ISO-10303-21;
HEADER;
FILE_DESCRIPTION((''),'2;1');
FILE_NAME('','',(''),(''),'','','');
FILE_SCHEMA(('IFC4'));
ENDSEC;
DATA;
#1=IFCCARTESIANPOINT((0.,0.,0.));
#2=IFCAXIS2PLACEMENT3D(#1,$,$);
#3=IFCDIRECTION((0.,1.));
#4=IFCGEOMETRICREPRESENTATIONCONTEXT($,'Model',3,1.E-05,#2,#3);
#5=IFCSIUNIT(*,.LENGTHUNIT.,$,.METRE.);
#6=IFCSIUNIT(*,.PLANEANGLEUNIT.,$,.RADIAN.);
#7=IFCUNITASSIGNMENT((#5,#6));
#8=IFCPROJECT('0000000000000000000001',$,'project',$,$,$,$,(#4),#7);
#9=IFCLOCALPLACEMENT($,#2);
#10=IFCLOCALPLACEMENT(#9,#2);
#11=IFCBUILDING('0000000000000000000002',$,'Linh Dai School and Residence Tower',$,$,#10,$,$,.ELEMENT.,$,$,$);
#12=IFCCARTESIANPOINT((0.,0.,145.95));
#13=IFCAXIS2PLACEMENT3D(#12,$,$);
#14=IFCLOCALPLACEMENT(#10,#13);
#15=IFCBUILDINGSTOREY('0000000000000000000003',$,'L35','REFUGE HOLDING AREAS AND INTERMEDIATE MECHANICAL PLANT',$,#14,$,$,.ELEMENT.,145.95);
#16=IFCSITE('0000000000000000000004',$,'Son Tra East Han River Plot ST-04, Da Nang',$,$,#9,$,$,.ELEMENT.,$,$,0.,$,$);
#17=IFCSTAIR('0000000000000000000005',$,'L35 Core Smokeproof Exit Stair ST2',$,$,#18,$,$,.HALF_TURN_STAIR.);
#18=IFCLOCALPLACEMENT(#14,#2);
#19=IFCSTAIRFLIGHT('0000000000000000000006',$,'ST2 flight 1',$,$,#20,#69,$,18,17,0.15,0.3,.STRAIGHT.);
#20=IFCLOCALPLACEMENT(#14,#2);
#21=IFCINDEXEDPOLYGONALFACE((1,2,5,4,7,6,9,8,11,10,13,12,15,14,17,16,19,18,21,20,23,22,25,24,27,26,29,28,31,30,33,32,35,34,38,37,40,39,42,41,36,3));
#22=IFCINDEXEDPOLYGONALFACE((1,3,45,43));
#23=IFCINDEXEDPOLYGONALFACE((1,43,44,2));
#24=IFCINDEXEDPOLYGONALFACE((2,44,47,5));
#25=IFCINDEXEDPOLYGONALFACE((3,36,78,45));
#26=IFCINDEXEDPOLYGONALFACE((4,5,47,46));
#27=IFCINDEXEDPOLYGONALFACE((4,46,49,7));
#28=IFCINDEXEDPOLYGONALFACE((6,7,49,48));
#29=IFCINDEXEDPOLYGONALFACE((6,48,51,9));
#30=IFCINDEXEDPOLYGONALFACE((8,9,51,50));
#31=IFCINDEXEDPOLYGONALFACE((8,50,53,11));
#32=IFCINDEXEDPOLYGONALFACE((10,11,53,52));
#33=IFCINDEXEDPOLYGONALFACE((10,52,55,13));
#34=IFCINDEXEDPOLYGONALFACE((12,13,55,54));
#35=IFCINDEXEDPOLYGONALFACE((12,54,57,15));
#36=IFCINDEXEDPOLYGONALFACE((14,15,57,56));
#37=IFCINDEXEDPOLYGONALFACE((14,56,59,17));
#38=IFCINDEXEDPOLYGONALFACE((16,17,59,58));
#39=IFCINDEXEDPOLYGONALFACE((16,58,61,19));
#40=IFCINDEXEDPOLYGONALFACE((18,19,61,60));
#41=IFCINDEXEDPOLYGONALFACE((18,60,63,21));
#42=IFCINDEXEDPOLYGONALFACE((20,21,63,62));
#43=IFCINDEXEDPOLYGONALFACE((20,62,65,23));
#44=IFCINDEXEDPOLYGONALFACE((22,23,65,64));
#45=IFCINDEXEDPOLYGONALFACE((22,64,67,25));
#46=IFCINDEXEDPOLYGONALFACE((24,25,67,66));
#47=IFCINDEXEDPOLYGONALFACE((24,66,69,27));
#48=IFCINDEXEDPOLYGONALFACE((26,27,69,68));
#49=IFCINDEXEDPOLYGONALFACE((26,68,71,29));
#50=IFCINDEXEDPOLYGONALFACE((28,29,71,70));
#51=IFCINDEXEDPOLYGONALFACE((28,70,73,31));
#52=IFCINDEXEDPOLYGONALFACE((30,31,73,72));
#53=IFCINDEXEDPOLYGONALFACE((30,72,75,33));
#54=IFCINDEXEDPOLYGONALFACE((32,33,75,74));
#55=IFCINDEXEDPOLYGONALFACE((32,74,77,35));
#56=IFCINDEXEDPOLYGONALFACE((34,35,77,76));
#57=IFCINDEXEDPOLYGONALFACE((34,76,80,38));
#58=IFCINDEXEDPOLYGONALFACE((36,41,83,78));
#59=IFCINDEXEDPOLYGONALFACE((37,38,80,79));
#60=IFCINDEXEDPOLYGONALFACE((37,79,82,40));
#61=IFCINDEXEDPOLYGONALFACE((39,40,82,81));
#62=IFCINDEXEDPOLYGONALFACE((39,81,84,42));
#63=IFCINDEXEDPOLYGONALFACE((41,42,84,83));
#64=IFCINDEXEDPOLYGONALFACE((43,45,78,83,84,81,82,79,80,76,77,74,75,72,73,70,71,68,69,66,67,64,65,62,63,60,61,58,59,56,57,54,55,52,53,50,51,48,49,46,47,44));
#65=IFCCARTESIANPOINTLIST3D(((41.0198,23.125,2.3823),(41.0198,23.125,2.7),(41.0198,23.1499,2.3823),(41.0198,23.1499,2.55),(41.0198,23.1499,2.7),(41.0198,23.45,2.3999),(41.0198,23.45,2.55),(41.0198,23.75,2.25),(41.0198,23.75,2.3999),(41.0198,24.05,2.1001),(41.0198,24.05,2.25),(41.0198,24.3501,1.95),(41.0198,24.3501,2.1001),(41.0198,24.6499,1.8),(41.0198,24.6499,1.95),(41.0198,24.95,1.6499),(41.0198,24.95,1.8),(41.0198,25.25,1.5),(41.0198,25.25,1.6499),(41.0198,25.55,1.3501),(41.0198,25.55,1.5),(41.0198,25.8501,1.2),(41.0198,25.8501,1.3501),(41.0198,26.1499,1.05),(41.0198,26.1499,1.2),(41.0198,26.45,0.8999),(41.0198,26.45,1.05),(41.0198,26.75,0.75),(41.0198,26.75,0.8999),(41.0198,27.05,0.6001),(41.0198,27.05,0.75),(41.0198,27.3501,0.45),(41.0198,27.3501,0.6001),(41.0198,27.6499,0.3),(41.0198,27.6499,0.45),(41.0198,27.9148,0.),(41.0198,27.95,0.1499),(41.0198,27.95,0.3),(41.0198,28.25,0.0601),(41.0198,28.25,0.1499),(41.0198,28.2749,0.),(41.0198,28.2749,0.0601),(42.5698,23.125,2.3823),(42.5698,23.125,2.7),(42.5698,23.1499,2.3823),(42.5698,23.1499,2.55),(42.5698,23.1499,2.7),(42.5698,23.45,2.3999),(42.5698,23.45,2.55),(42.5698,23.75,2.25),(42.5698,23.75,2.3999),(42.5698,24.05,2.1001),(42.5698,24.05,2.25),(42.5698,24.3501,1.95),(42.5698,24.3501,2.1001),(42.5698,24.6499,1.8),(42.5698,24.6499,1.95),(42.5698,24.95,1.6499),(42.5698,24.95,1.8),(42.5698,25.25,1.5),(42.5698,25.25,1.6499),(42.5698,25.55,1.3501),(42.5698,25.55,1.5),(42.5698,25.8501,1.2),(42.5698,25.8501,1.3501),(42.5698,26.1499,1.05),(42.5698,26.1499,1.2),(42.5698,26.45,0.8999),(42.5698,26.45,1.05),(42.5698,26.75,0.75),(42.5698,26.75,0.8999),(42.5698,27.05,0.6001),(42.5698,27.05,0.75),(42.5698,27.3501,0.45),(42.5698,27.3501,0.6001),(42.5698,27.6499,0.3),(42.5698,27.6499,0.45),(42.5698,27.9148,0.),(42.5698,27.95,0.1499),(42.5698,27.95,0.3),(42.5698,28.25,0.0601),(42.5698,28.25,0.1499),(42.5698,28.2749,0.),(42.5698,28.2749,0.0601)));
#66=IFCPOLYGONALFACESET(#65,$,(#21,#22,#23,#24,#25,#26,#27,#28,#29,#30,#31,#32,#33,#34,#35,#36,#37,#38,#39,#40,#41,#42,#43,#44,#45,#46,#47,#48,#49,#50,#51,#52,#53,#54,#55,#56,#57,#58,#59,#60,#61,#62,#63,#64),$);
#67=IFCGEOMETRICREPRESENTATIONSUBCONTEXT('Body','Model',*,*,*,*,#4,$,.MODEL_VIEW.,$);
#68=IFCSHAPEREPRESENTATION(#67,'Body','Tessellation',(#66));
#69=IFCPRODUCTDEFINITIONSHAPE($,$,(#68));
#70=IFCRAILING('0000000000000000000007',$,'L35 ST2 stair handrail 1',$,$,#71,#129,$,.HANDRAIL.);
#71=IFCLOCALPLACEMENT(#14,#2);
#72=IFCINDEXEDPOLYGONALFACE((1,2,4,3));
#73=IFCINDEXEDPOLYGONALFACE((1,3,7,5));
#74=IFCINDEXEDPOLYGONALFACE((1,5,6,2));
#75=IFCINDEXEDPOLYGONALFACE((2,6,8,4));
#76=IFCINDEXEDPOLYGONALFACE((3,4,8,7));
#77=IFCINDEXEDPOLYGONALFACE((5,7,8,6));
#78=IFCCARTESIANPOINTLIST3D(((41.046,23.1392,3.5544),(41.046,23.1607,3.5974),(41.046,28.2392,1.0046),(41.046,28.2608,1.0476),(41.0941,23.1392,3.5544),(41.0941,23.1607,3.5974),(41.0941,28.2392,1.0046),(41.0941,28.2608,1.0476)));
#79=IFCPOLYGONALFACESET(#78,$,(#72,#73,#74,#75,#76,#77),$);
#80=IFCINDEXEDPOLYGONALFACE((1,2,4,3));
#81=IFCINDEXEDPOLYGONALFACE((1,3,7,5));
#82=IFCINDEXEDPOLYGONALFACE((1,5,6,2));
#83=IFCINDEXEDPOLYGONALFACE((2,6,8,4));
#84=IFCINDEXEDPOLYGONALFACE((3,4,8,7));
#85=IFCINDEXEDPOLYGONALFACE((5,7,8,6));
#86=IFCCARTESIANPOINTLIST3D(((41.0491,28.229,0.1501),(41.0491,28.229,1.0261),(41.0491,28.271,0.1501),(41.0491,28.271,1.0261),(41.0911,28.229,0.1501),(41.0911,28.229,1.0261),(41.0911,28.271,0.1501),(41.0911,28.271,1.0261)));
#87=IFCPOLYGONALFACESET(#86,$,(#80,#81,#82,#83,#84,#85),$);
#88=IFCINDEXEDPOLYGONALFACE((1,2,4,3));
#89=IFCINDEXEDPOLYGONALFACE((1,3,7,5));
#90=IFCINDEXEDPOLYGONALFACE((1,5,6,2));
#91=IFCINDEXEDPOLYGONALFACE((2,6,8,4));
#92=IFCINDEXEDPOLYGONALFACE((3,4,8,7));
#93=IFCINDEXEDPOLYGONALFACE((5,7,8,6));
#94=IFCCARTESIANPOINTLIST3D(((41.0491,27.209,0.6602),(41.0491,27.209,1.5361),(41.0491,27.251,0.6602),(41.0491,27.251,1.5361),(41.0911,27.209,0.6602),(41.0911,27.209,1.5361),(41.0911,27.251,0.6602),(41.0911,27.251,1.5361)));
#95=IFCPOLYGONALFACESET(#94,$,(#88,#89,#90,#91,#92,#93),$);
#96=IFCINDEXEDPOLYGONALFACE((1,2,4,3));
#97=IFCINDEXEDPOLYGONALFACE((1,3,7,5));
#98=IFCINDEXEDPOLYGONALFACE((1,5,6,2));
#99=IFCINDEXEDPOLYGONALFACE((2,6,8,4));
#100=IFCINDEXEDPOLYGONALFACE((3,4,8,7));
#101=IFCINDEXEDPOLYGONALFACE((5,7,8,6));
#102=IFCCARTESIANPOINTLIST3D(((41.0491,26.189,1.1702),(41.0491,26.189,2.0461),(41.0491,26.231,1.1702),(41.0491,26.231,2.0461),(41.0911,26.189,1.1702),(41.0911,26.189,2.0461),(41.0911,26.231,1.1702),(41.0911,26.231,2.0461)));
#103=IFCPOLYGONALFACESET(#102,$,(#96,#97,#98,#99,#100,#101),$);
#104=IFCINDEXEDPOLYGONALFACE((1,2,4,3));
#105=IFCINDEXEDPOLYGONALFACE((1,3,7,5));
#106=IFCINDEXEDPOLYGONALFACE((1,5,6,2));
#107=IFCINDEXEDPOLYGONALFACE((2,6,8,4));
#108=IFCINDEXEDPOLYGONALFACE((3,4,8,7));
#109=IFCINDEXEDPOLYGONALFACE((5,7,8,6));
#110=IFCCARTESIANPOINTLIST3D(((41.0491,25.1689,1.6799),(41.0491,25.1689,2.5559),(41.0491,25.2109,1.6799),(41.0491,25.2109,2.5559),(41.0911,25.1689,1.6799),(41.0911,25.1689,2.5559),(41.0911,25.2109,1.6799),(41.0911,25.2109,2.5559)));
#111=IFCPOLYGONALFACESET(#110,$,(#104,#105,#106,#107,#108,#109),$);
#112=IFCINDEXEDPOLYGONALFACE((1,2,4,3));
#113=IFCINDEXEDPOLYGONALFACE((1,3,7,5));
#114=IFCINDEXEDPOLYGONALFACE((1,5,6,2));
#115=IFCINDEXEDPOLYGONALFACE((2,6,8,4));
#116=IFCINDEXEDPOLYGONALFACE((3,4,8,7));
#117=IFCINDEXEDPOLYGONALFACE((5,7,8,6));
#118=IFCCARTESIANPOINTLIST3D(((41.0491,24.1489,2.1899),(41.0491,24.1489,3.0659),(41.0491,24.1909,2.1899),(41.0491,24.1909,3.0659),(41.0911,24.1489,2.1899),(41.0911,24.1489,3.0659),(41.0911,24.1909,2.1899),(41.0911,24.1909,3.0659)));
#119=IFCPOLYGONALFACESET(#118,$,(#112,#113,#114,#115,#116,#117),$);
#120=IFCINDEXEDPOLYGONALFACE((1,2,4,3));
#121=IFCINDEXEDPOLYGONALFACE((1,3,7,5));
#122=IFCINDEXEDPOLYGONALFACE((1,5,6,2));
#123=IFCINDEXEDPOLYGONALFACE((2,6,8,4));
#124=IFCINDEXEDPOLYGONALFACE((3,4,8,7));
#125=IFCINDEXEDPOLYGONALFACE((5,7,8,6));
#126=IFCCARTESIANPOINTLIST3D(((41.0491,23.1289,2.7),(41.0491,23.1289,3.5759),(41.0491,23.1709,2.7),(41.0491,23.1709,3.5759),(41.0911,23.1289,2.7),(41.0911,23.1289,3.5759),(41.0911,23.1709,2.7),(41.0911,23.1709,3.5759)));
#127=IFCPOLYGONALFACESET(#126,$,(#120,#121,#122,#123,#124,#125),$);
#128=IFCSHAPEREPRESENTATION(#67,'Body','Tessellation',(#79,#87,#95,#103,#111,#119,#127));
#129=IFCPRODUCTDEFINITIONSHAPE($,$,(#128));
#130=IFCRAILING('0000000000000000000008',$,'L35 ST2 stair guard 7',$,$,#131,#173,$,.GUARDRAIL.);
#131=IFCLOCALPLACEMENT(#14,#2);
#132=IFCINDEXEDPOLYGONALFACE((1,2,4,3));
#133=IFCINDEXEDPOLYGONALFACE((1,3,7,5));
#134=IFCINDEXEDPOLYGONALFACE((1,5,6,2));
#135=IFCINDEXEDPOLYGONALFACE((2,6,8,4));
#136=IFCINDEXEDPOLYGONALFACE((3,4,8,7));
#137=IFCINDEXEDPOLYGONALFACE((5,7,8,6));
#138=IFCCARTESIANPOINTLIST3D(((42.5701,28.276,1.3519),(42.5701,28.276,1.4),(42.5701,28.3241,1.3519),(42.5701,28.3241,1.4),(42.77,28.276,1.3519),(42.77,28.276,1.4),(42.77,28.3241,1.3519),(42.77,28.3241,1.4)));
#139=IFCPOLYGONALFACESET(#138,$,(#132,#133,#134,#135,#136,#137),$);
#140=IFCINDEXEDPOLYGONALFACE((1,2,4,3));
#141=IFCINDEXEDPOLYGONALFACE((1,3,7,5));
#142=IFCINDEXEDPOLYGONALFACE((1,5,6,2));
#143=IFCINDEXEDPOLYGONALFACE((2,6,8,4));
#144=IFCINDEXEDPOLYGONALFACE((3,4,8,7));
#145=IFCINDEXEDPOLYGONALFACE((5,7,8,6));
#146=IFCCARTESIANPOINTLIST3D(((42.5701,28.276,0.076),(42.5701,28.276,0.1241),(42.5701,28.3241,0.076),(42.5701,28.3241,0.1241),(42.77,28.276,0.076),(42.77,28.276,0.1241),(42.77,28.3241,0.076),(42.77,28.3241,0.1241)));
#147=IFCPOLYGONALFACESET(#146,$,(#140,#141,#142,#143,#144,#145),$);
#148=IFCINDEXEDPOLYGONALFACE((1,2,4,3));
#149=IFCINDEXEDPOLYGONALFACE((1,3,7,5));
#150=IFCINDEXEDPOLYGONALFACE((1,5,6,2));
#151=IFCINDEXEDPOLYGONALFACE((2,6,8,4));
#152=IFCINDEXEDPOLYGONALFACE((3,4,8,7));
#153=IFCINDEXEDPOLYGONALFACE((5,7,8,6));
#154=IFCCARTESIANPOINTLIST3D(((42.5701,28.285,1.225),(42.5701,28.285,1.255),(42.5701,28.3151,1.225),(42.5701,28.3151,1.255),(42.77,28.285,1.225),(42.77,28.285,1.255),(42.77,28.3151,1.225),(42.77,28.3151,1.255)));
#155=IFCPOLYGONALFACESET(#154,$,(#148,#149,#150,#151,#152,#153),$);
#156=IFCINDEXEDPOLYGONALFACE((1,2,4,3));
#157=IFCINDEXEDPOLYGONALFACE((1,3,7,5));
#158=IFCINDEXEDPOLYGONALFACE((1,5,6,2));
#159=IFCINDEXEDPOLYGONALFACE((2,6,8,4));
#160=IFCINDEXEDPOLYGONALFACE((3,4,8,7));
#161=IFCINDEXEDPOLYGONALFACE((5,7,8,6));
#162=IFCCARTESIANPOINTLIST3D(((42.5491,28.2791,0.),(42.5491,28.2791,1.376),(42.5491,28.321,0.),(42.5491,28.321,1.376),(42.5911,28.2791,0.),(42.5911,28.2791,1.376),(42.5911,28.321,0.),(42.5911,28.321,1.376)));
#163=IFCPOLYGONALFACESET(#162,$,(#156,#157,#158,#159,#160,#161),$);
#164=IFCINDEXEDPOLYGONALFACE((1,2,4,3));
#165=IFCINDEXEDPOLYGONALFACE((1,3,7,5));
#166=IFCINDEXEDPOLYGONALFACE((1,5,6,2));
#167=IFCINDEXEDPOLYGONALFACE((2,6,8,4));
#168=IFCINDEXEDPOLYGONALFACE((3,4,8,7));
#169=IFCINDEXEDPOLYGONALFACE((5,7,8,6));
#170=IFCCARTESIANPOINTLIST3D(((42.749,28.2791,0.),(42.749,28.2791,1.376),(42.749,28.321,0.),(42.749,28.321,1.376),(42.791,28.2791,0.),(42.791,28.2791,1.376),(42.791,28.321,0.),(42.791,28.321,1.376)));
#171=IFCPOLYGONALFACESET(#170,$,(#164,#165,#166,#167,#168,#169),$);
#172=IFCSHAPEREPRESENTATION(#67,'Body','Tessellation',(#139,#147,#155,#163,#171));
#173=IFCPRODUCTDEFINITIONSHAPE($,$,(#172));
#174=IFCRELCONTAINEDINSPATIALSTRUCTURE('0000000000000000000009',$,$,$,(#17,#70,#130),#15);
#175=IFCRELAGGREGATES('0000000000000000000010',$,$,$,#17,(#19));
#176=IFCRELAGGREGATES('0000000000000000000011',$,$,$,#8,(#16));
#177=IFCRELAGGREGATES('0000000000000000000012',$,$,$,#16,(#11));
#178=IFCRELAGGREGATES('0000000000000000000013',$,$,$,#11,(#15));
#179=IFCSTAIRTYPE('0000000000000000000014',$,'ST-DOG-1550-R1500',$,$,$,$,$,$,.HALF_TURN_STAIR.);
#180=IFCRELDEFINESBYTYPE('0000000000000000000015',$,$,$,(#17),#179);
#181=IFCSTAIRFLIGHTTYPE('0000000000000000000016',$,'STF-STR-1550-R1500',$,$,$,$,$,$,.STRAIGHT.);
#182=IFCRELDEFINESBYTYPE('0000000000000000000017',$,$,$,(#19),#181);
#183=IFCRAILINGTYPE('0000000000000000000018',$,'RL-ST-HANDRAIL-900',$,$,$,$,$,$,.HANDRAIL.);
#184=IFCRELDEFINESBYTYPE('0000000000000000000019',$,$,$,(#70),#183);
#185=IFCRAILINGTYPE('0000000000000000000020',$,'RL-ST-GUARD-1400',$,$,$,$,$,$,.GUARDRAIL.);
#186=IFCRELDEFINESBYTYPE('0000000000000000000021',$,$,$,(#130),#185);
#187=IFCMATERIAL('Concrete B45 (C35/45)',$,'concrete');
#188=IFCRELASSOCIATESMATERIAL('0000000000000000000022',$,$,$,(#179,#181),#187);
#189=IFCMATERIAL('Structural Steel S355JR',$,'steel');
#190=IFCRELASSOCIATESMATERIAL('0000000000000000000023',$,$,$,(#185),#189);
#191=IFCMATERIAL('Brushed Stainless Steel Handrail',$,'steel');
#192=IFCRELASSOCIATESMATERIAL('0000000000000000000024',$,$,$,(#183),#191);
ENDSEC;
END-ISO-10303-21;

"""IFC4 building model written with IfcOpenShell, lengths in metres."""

from ifc_helpers import new_model, si_unit, direction, frame, origin, origin_2d, place, context, subcontext, project, spatial, polyline, rectangle, outline, extrude, source, transform, mapped, material, type_object, element, aggregate, save


model = new_model("IFC4")

# Units and contexts
model_context = context("Model", 3, precision=1e-05, world=origin(), true_north=direction((0.0, 1.0)))
body_context = subcontext(model_context, "Body", "Model", "MODEL_VIEW")
ifc_project = project(units=[si_unit("LENGTHUNIT", "METRE"), si_unit("PLANEANGLEUNIT", "RADIAN")], contexts=[model_context])

# Site, building, storey
site_placement = place(None, origin())
site = spatial("IfcSite", under=ifc_project, at=site_placement, Name="Son Tra East Han River Plot ST-04, Da Nang", CompositionType="ELEMENT", RefElevation=0.0)
building_placement = place(site_placement, origin())
building = spatial("IfcBuilding", under=site, at=building_placement, Name="Linh Dai School and Residence Tower", CompositionType="ELEMENT")
storey_placement = place(building_placement, frame((0.0, 0.0, 145.95)))
storey = spatial("IfcBuildingStorey", under=building, at=storey_placement, Name="L35", Description="REFUGE HOLDING AREAS AND INTERMEDIATE MECHANICAL PLANT", CompositionType="ELEMENT", Elevation=145.95)

# Shared definitions
ifc_material_1 = material(Name="Structural Steel S355JR", Category="steel")

# Shared definitions
ifc_material_2 = material(Name="Concrete B45 (C35/45)", Category="concrete")

# Stair, stair flight
stair_type = type_object("IfcStairType", Name="ST-DOG-1550-R1500", PredefinedType="HALF_TURN_STAIR", material=ifc_material_2)
stair_placement = place(storey_placement, origin())
stair = element("IfcStair", 1, at=stair_placement, inside=storey, type_object=stair_type, Name="L35 Core Smokeproof Exit Stair ST2", PredefinedType="HALF_TURN_STAIR")
stair_flight_type = type_object("IfcStairFlightType", Name="STF-STR-1550-R1500", PredefinedType="STRAIGHT", material=ifc_material_2)
shared_shape_1 = source(origin(), body_context, "Body", "SweptSolid", [
    extrude(outline(polyline([(-0.0249, 0.0), (-0.0249, 0.0601), (0.0, 0.0601), (0.0, 0.1499), (0.3, 0.1499), (0.3, 0.3), (0.6001, 0.3), (0.6001, 0.45), (0.8999, 0.45), (0.8999, 0.6001), (1.2, 0.6001), (1.2, 0.75), (1.5, 0.75), (1.5, 0.8999), (1.8, 0.8999), (1.8, 1.05), (2.1001, 1.05), (2.1001, 1.2), (2.3999, 1.2), (2.3999, 1.3501), (2.7, 1.3501), (2.7, 1.5), (3.0, 1.5), (3.0, 1.6499), (3.3, 1.6499), (3.3, 1.8), (3.6001, 1.8), (3.6001, 1.95), (3.8999, 1.95), (3.8999, 2.1001), (4.2, 2.1001), (4.2, 2.25), (4.5, 2.25), (4.5, 2.3999), (4.8, 2.3999), (4.8, 2.55), (5.1001, 2.55), (5.1001, 2.7), (5.125, 2.7), (5.125, 2.3823), (5.1001, 2.3823), (0.3352, 0.0), (-0.0249, 0.0)])), frame((0.0, 0.7749, 0.0), z_axis=(0.0, -1.0, 0.0), x_axis=(1.0, 0.0, 0.0)), (0.0, 0.0, 1.0), 1.55),
])
stair_flight_placement = place(storey_placement, frame((41.7949, 28.25, 0.0), z_axis=(0.0, 0.0, 1.0), x_axis=(0.0, -1.0, 0.0)))
stair_flight = element("IfcStairFlight", 2, at=stair_flight_placement, type_object=stair_flight_type, Name="ST2 flight 1", NumberOfRisers=18, NumberOfTreads=17, PredefinedType="STRAIGHT", RiserHeight=0.15, TreadLength=0.3, context=body_context, shape_type="MappedRepresentation", body=[
    mapped(shared_shape_1, transform((0.0, 0.0, 0.0), x_axis=(1.0, 0.0, 0.0), y_axis=(0.0, 1.0, 0.0), z_axis=(0.0, 0.0, 1.0), scale=1.0)),
])
aggregate(stair, [stair_flight])

# Railings
railing_type_1 = type_object("IfcRailingType", Name="RL-ST-GUARD-1400", PredefinedType="GUARDRAIL", material=ifc_material_1)
ifc_material_3 = material(Name="Brushed Stainless Steel Handrail", Category="steel")
railing_type_2 = type_object("IfcRailingType", Name="RL-ST-HANDRAIL-900", PredefinedType="HANDRAIL", material=ifc_material_3)
shared_shape_2 = source(origin(), body_context, "Body", "SweptSolid", [
    extrude(rectangle(XDim=0.0481, YDim=0.0481, at=origin_2d()), frame((0.0, 0.0, 0.876), z_axis=(0.0, -0.894444, 0.447179), x_axis=(1.0, 0.0, 0.0)), (0.0, 0.0, 1.0), 5.7019),
    extrude(rectangle(XDim=0.042, YDim=0.042, at=origin_2d()), origin(), (0.0, 0.0, 1.0), 0.876),
    extrude(rectangle(XDim=0.042, YDim=0.042, at=origin_2d()), frame((0.0, -1.02, 0.51)), (0.0, 0.0, 1.0), 0.876),
    extrude(rectangle(XDim=0.042, YDim=0.042, at=origin_2d()), frame((0.0, -2.04, 1.02)), (0.0, 0.0, 1.0), 0.876),
    extrude(rectangle(XDim=0.042, YDim=0.042, at=origin_2d()), frame((0.0, -3.0601, 1.5298)), (0.0, 0.0, 1.0), 0.876),
    extrude(rectangle(XDim=0.042, YDim=0.042, at=origin_2d()), frame((0.0, -4.0801, 2.0398)), (0.0, 0.0, 1.0), 0.876),
    extrude(rectangle(XDim=0.042, YDim=0.042, at=origin_2d()), frame((0.0, -5.1001, 2.5498)), (0.0, 0.0, 1.0), 0.876),
])
railing_1_placement = place(storey_placement, frame((41.0701, 28.25, 0.1501)))
element("IfcRailing", 3, at=railing_1_placement, inside=storey, type_object=railing_type_2, Name="L35 ST2 stair handrail 1", PredefinedType="HANDRAIL", context=body_context, shape_type="MappedRepresentation", body=[
    mapped(shared_shape_2, transform((0.0, 0.0, 0.0), x_axis=(1.0, 0.0, 0.0), y_axis=(0.0, 1.0, 0.0), z_axis=(0.0, 0.0, 1.0), scale=1.0)),
])
shared_shape_3 = source(origin(), body_context, "Body", "SweptSolid", [
    extrude(rectangle(XDim=0.0481, YDim=0.0481, at=origin_2d()), frame((0.0, 0.0, 1.376), z_axis=(1.0, 0.0, 0.0), x_axis=(0.0, 1.0, 0.0)), (0.0, 0.0, 1.0), 0.2),
    extrude(rectangle(XDim=0.0481, YDim=0.0481, at=origin_2d()), frame((0.0, 0.0, 0.1001), z_axis=(1.0, 0.0, 0.0), x_axis=(0.0, 1.0, 0.0)), (0.0, 0.0, 1.0), 0.2),
    extrude(rectangle(XDim=0.03, YDim=0.03, at=origin_2d()), frame((0.0, 0.0, 1.24), z_axis=(1.0, 0.0, 0.0), x_axis=(0.0, 1.0, 0.0)), (0.0, 0.0, 1.0), 0.2),
    extrude(rectangle(XDim=0.042, YDim=0.042, at=origin_2d()), origin(), (0.0, 0.0, 1.0), 1.376),
    extrude(rectangle(XDim=0.042, YDim=0.042, at=origin_2d()), frame((0.2, 0.0, 0.0)), (0.0, 0.0, 1.0), 1.376),
])
railing_2_placement = place(storey_placement, frame((42.5701, 28.3, 0.0)))
element("IfcRailing", 4, at=railing_2_placement, inside=storey, type_object=railing_type_1, Name="L35 ST2 stair guard 7", PredefinedType="GUARDRAIL", context=body_context, shape_type="MappedRepresentation", body=[
    mapped(shared_shape_3, transform((0.0, 0.0, 0.0), x_axis=(1.0, 0.0, 0.0), y_axis=(0.0, 1.0, 0.0), z_axis=(0.0, 0.0, 1.0), scale=1.0)),
])

save(model, "model.ifc")
